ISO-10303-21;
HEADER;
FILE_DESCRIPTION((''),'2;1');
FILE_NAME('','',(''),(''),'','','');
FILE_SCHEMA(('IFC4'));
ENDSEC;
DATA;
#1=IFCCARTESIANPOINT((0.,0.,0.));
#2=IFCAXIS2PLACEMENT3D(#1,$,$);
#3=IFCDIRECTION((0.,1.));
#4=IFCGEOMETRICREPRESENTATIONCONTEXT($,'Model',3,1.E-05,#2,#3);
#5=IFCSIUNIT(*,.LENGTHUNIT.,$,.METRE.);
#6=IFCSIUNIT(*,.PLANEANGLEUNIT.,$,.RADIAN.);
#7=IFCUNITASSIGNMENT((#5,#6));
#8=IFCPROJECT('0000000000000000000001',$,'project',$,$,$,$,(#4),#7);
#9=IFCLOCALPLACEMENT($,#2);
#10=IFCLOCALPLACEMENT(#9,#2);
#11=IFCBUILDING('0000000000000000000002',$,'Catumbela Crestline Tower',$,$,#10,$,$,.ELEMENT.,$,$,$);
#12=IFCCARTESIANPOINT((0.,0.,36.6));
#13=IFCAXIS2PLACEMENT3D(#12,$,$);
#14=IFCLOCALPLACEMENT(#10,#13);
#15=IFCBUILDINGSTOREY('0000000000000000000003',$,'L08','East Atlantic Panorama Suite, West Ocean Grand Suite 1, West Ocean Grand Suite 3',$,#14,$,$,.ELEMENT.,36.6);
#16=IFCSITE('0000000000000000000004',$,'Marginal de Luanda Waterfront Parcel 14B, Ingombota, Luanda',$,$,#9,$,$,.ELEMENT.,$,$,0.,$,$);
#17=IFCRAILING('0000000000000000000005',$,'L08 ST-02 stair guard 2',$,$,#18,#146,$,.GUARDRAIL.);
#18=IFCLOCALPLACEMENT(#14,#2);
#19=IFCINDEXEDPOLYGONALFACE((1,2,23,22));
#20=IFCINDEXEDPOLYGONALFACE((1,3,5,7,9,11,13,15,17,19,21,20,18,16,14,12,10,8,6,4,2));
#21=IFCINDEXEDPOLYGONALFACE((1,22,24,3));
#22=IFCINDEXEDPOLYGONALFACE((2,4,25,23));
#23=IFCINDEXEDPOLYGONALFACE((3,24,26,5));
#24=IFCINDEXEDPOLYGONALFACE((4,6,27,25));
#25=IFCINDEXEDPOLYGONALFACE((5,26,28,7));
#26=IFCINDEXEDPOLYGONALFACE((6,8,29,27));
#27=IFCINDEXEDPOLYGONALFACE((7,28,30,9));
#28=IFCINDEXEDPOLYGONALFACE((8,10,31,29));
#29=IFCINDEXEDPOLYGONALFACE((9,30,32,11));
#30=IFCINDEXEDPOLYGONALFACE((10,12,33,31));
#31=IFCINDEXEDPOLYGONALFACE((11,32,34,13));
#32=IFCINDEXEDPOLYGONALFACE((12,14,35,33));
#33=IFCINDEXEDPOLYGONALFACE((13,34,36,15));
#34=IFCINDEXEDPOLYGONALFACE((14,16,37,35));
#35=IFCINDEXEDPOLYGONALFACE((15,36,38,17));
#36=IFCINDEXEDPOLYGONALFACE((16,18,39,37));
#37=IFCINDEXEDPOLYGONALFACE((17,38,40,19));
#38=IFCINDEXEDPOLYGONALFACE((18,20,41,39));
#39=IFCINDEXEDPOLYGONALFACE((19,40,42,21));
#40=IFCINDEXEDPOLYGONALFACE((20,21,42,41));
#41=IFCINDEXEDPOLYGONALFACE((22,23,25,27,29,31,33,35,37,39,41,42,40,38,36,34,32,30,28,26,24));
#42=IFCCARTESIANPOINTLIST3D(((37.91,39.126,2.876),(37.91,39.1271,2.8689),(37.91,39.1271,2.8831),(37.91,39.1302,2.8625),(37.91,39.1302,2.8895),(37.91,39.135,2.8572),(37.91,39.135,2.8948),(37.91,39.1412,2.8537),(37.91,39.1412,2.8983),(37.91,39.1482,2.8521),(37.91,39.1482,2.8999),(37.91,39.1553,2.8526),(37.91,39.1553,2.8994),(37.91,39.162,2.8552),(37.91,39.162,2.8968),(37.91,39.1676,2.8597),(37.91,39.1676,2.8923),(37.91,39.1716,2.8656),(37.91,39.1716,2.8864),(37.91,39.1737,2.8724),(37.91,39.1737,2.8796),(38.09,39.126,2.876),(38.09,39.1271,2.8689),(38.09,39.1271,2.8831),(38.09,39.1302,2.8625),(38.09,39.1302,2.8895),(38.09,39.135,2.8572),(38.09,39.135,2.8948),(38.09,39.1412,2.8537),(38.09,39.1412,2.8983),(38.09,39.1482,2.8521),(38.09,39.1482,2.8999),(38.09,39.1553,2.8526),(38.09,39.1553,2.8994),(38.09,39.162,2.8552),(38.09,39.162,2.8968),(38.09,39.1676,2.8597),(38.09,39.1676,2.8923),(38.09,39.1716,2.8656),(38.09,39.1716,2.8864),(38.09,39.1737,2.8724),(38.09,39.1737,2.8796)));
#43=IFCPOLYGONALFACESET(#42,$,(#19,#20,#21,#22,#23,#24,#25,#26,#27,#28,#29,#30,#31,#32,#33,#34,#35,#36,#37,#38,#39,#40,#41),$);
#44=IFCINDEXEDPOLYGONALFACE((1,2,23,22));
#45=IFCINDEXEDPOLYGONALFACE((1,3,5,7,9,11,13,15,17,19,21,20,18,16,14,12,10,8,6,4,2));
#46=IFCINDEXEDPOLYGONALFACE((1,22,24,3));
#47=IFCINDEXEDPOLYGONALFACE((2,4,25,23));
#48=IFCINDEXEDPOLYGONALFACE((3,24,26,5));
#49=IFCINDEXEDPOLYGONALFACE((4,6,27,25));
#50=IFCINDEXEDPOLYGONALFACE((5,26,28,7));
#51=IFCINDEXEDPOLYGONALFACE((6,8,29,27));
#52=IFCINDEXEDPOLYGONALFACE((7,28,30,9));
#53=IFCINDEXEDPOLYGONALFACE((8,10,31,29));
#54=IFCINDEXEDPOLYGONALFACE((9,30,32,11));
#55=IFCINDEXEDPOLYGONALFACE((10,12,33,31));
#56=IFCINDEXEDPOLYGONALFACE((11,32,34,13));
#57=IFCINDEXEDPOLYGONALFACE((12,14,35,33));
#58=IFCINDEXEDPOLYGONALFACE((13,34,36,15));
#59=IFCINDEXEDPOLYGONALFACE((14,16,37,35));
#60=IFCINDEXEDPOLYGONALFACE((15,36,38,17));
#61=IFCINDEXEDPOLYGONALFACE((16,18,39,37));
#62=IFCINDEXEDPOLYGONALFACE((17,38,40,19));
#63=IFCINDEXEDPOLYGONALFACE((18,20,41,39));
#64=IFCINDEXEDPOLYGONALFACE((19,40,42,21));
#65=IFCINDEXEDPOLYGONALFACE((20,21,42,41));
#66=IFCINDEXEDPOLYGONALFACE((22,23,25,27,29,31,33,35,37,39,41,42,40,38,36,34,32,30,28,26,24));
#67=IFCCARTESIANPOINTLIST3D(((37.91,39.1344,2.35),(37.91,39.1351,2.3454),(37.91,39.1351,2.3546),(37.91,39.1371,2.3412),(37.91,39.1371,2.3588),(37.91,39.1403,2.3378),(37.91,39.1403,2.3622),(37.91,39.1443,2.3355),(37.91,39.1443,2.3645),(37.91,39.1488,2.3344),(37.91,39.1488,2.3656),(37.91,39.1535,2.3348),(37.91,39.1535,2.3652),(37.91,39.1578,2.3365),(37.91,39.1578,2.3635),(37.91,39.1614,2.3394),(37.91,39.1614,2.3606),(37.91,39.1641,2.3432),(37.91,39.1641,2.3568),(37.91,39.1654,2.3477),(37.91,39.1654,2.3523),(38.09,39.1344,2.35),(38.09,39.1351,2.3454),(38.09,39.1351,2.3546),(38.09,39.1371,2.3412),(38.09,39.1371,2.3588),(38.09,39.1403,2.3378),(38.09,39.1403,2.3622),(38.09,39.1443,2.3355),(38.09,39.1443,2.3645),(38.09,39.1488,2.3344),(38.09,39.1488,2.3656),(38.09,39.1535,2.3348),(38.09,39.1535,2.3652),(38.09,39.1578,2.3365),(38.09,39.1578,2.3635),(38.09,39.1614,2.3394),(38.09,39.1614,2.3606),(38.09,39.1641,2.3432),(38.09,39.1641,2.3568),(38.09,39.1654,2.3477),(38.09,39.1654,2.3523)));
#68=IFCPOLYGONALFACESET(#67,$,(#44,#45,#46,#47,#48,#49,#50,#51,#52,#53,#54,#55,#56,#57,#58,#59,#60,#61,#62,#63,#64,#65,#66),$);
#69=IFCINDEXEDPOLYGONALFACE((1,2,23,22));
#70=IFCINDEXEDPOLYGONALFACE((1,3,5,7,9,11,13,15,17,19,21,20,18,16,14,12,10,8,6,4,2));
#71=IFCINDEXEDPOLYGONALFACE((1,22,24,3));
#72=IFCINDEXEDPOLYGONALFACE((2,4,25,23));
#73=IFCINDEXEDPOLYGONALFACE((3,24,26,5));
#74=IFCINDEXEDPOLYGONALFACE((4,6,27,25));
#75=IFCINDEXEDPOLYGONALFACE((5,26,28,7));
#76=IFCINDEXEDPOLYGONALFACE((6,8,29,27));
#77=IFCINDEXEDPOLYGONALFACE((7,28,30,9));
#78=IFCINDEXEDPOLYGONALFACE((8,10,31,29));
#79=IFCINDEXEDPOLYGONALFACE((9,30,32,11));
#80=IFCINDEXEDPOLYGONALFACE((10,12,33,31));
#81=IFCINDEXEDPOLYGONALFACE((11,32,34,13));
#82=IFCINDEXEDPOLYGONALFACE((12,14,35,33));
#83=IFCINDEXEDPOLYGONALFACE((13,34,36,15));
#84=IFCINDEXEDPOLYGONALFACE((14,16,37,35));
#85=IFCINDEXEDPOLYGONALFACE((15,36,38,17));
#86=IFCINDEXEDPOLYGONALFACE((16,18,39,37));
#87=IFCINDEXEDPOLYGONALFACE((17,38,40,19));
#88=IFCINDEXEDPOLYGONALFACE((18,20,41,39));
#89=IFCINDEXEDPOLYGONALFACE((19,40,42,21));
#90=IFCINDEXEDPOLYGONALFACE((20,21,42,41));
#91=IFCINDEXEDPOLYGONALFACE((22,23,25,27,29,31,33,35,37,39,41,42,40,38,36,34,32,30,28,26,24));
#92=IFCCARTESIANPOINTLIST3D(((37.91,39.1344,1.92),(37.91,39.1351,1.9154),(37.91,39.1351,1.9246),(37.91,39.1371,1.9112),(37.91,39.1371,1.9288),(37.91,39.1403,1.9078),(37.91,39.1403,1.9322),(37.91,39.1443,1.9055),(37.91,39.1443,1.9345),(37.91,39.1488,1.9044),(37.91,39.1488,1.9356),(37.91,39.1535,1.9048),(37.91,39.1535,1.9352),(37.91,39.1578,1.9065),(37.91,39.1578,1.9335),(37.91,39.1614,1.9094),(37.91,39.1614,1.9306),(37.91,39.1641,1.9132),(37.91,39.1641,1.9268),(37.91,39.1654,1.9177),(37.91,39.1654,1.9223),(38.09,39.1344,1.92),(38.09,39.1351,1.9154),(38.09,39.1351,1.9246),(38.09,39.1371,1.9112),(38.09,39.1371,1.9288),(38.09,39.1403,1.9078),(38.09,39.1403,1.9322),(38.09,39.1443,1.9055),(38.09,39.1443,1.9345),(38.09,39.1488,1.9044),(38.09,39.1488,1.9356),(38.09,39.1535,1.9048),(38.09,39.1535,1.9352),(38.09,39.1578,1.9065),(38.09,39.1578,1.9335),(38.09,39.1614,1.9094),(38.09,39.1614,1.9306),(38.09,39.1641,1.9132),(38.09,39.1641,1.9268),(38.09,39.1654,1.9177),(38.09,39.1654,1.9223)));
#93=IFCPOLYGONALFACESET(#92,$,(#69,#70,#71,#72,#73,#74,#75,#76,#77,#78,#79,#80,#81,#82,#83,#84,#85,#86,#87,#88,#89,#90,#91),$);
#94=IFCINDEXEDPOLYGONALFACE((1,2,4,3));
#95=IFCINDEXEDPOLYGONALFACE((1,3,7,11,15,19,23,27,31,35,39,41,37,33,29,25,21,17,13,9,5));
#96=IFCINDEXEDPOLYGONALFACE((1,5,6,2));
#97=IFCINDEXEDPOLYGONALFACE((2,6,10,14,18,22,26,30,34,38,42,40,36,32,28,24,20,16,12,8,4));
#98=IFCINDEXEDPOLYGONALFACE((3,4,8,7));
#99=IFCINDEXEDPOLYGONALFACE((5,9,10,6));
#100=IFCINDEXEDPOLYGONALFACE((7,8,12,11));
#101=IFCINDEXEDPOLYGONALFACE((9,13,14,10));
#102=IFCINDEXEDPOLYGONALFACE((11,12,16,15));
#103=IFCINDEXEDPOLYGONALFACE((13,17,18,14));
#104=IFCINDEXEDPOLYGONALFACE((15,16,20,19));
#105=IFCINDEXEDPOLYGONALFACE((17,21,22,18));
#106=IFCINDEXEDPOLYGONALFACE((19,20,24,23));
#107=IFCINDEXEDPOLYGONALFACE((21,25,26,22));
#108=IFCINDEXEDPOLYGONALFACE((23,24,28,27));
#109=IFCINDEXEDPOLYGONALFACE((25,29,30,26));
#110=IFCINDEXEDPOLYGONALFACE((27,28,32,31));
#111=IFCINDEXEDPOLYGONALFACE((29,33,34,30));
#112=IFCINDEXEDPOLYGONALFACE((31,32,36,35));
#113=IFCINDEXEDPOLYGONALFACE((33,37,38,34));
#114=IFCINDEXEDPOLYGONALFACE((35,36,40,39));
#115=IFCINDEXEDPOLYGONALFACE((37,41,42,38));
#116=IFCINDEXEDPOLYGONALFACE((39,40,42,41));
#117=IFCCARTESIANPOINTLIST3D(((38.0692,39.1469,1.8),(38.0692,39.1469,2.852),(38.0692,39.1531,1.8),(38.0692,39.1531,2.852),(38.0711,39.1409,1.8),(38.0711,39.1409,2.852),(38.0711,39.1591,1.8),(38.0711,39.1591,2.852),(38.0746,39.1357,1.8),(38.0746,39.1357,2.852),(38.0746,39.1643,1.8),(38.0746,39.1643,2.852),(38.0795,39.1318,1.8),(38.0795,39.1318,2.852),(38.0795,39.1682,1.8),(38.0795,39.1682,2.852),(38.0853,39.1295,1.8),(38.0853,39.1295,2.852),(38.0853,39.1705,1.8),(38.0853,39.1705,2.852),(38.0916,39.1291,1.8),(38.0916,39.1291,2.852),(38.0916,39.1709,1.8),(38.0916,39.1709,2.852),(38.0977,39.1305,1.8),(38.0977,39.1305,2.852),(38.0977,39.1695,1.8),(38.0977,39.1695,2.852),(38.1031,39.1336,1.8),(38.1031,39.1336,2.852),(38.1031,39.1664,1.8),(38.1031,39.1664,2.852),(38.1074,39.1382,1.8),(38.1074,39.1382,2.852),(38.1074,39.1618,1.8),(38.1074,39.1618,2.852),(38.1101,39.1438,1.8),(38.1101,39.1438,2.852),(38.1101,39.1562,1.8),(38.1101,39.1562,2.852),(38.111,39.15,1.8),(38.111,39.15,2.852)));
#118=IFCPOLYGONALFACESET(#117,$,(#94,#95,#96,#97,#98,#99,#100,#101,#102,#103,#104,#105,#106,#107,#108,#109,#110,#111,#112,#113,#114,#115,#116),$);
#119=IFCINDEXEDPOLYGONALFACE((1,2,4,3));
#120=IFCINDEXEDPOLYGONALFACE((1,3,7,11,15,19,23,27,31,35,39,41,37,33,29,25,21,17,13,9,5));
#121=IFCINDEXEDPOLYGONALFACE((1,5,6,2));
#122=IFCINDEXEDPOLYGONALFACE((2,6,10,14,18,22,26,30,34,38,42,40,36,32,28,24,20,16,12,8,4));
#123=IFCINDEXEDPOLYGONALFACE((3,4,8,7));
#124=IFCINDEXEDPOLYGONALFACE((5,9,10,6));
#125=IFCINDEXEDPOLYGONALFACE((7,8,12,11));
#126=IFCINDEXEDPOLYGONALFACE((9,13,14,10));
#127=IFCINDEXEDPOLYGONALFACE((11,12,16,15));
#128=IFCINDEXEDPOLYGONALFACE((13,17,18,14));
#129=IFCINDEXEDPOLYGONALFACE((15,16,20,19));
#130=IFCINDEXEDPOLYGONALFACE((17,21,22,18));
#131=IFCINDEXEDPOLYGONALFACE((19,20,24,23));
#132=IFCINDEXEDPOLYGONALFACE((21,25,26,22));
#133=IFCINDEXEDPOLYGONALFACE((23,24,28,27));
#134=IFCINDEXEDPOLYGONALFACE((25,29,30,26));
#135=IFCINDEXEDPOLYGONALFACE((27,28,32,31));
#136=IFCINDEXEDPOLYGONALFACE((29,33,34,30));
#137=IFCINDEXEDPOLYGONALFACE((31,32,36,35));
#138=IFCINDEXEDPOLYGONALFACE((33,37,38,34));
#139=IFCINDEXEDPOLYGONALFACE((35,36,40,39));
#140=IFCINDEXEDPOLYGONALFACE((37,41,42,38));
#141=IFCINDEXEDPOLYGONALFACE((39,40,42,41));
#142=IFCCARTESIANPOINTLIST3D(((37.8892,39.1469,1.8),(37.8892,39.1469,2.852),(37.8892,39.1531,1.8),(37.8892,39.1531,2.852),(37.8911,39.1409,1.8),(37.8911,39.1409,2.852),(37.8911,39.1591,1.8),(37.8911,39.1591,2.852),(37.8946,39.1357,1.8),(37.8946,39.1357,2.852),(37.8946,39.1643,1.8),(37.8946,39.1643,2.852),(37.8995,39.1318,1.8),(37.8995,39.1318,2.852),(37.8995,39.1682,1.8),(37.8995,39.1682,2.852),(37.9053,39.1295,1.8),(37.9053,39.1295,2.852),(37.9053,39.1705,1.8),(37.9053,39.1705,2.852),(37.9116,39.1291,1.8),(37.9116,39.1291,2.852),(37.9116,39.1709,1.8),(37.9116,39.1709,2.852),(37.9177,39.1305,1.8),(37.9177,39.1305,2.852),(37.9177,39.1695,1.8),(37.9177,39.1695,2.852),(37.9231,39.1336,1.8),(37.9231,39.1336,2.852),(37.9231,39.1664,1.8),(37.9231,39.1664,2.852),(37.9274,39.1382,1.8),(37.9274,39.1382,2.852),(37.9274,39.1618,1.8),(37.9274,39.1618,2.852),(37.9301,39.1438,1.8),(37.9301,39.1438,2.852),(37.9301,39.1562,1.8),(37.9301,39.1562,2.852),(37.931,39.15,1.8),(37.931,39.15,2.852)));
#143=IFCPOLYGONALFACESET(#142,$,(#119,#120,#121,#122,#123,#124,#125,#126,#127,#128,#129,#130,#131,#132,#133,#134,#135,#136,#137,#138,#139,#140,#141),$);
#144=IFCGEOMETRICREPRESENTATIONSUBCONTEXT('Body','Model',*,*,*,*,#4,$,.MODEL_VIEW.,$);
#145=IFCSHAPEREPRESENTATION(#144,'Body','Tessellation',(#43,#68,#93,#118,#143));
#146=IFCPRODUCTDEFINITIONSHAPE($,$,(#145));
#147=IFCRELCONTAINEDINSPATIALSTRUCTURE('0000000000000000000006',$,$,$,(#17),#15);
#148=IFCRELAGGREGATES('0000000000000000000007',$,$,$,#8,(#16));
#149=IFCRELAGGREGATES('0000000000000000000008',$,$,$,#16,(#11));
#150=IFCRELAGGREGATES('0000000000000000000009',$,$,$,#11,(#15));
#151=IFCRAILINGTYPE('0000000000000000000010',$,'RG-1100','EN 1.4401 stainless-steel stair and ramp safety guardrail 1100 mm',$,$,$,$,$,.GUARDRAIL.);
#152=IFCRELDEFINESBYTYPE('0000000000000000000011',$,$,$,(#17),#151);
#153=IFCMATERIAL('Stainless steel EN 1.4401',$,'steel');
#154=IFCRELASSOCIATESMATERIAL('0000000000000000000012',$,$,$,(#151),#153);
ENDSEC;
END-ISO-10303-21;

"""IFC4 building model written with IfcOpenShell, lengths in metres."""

from ifc_helpers import new_model, si_unit, direction, frame, origin, origin_2d, place, context, subcontext, project, spatial, circle, extrude, material, type_object, element, save


model = new_model("IFC4")

# Units and contexts
model_context = context("Model", 3, precision=1e-05, world=origin(), true_north=direction((0.0, 1.0)))
body_context = subcontext(model_context, "Body", "Model", "MODEL_VIEW")
ifc_project = project(units=[si_unit("LENGTHUNIT", "METRE"), si_unit("PLANEANGLEUNIT", "RADIAN")], contexts=[model_context])

# Site, building, storey
site_placement = place(None, origin())
site = spatial("IfcSite", under=ifc_project, at=site_placement, Name="Marginal de Luanda Waterfront Parcel 14B, Ingombota, Luanda", CompositionType="ELEMENT", RefElevation=0.0)
building_placement = place(site_placement, origin())
building = spatial("IfcBuilding", under=site, at=building_placement, Name="Catumbela Crestline Tower", CompositionType="ELEMENT")
storey_placement = place(building_placement, frame((0.0, 0.0, 36.6)))
storey = spatial("IfcBuildingStorey", under=building, at=storey_placement, Name="L08", Description="East Atlantic Panorama Suite, West Ocean Grand Suite 1, West Ocean Grand Suite 3", CompositionType="ELEMENT", Elevation=36.6)

# Shared definitions
ifc_material_1 = material(Name="Stainless steel EN 1.4401", Category="steel")

# Railing
railing_type_1 = type_object("IfcRailingType", Name="RG-1100", Description="EN 1.4401 stainless-steel stair and ramp safety guardrail 1100 mm", PredefinedType="GUARDRAIL", material=ifc_material_1)
railing_1_placement = place(storey_placement, frame((38.09, 39.15, 1.8)))
element("IfcRailing", 1, at=railing_1_placement, inside=storey, type_object=railing_type_1, Name="L08 ST-02 stair guard 2", PredefinedType="GUARDRAIL", context=body_context, shape_type="SweptSolid", body=[
    extrude(circle(Radius=0.024, at=origin_2d()), frame((0.0, 0.0, 1.076), z_axis=(-1.0, 0.0, 0.0), x_axis=(0.0, -1.0, 0.0)), (0.0, 0.0, 1.0), 0.18),
    extrude(circle(Radius=0.0156, at=origin_2d()), frame((0.0, 0.0, 0.55), z_axis=(-1.0, 0.0, 0.0), x_axis=(0.0, -1.0, 0.0)), (0.0, 0.0, 1.0), 0.18),
    extrude(circle(Radius=0.0156, at=origin_2d()), frame((0.0, 0.0, 0.12), z_axis=(-1.0, 0.0, 0.0), x_axis=(0.0, -1.0, 0.0)), (0.0, 0.0, 1.0), 0.18),
    extrude(circle(Radius=0.021, at=origin_2d()), origin(), (0.0, 0.0, 1.0), 1.052),
    extrude(circle(Radius=0.021, at=origin_2d()), frame((-0.18, 0.0, 0.0)), (0.0, 0.0, 1.0), 1.052),
])

save(model, "model.ifc")
